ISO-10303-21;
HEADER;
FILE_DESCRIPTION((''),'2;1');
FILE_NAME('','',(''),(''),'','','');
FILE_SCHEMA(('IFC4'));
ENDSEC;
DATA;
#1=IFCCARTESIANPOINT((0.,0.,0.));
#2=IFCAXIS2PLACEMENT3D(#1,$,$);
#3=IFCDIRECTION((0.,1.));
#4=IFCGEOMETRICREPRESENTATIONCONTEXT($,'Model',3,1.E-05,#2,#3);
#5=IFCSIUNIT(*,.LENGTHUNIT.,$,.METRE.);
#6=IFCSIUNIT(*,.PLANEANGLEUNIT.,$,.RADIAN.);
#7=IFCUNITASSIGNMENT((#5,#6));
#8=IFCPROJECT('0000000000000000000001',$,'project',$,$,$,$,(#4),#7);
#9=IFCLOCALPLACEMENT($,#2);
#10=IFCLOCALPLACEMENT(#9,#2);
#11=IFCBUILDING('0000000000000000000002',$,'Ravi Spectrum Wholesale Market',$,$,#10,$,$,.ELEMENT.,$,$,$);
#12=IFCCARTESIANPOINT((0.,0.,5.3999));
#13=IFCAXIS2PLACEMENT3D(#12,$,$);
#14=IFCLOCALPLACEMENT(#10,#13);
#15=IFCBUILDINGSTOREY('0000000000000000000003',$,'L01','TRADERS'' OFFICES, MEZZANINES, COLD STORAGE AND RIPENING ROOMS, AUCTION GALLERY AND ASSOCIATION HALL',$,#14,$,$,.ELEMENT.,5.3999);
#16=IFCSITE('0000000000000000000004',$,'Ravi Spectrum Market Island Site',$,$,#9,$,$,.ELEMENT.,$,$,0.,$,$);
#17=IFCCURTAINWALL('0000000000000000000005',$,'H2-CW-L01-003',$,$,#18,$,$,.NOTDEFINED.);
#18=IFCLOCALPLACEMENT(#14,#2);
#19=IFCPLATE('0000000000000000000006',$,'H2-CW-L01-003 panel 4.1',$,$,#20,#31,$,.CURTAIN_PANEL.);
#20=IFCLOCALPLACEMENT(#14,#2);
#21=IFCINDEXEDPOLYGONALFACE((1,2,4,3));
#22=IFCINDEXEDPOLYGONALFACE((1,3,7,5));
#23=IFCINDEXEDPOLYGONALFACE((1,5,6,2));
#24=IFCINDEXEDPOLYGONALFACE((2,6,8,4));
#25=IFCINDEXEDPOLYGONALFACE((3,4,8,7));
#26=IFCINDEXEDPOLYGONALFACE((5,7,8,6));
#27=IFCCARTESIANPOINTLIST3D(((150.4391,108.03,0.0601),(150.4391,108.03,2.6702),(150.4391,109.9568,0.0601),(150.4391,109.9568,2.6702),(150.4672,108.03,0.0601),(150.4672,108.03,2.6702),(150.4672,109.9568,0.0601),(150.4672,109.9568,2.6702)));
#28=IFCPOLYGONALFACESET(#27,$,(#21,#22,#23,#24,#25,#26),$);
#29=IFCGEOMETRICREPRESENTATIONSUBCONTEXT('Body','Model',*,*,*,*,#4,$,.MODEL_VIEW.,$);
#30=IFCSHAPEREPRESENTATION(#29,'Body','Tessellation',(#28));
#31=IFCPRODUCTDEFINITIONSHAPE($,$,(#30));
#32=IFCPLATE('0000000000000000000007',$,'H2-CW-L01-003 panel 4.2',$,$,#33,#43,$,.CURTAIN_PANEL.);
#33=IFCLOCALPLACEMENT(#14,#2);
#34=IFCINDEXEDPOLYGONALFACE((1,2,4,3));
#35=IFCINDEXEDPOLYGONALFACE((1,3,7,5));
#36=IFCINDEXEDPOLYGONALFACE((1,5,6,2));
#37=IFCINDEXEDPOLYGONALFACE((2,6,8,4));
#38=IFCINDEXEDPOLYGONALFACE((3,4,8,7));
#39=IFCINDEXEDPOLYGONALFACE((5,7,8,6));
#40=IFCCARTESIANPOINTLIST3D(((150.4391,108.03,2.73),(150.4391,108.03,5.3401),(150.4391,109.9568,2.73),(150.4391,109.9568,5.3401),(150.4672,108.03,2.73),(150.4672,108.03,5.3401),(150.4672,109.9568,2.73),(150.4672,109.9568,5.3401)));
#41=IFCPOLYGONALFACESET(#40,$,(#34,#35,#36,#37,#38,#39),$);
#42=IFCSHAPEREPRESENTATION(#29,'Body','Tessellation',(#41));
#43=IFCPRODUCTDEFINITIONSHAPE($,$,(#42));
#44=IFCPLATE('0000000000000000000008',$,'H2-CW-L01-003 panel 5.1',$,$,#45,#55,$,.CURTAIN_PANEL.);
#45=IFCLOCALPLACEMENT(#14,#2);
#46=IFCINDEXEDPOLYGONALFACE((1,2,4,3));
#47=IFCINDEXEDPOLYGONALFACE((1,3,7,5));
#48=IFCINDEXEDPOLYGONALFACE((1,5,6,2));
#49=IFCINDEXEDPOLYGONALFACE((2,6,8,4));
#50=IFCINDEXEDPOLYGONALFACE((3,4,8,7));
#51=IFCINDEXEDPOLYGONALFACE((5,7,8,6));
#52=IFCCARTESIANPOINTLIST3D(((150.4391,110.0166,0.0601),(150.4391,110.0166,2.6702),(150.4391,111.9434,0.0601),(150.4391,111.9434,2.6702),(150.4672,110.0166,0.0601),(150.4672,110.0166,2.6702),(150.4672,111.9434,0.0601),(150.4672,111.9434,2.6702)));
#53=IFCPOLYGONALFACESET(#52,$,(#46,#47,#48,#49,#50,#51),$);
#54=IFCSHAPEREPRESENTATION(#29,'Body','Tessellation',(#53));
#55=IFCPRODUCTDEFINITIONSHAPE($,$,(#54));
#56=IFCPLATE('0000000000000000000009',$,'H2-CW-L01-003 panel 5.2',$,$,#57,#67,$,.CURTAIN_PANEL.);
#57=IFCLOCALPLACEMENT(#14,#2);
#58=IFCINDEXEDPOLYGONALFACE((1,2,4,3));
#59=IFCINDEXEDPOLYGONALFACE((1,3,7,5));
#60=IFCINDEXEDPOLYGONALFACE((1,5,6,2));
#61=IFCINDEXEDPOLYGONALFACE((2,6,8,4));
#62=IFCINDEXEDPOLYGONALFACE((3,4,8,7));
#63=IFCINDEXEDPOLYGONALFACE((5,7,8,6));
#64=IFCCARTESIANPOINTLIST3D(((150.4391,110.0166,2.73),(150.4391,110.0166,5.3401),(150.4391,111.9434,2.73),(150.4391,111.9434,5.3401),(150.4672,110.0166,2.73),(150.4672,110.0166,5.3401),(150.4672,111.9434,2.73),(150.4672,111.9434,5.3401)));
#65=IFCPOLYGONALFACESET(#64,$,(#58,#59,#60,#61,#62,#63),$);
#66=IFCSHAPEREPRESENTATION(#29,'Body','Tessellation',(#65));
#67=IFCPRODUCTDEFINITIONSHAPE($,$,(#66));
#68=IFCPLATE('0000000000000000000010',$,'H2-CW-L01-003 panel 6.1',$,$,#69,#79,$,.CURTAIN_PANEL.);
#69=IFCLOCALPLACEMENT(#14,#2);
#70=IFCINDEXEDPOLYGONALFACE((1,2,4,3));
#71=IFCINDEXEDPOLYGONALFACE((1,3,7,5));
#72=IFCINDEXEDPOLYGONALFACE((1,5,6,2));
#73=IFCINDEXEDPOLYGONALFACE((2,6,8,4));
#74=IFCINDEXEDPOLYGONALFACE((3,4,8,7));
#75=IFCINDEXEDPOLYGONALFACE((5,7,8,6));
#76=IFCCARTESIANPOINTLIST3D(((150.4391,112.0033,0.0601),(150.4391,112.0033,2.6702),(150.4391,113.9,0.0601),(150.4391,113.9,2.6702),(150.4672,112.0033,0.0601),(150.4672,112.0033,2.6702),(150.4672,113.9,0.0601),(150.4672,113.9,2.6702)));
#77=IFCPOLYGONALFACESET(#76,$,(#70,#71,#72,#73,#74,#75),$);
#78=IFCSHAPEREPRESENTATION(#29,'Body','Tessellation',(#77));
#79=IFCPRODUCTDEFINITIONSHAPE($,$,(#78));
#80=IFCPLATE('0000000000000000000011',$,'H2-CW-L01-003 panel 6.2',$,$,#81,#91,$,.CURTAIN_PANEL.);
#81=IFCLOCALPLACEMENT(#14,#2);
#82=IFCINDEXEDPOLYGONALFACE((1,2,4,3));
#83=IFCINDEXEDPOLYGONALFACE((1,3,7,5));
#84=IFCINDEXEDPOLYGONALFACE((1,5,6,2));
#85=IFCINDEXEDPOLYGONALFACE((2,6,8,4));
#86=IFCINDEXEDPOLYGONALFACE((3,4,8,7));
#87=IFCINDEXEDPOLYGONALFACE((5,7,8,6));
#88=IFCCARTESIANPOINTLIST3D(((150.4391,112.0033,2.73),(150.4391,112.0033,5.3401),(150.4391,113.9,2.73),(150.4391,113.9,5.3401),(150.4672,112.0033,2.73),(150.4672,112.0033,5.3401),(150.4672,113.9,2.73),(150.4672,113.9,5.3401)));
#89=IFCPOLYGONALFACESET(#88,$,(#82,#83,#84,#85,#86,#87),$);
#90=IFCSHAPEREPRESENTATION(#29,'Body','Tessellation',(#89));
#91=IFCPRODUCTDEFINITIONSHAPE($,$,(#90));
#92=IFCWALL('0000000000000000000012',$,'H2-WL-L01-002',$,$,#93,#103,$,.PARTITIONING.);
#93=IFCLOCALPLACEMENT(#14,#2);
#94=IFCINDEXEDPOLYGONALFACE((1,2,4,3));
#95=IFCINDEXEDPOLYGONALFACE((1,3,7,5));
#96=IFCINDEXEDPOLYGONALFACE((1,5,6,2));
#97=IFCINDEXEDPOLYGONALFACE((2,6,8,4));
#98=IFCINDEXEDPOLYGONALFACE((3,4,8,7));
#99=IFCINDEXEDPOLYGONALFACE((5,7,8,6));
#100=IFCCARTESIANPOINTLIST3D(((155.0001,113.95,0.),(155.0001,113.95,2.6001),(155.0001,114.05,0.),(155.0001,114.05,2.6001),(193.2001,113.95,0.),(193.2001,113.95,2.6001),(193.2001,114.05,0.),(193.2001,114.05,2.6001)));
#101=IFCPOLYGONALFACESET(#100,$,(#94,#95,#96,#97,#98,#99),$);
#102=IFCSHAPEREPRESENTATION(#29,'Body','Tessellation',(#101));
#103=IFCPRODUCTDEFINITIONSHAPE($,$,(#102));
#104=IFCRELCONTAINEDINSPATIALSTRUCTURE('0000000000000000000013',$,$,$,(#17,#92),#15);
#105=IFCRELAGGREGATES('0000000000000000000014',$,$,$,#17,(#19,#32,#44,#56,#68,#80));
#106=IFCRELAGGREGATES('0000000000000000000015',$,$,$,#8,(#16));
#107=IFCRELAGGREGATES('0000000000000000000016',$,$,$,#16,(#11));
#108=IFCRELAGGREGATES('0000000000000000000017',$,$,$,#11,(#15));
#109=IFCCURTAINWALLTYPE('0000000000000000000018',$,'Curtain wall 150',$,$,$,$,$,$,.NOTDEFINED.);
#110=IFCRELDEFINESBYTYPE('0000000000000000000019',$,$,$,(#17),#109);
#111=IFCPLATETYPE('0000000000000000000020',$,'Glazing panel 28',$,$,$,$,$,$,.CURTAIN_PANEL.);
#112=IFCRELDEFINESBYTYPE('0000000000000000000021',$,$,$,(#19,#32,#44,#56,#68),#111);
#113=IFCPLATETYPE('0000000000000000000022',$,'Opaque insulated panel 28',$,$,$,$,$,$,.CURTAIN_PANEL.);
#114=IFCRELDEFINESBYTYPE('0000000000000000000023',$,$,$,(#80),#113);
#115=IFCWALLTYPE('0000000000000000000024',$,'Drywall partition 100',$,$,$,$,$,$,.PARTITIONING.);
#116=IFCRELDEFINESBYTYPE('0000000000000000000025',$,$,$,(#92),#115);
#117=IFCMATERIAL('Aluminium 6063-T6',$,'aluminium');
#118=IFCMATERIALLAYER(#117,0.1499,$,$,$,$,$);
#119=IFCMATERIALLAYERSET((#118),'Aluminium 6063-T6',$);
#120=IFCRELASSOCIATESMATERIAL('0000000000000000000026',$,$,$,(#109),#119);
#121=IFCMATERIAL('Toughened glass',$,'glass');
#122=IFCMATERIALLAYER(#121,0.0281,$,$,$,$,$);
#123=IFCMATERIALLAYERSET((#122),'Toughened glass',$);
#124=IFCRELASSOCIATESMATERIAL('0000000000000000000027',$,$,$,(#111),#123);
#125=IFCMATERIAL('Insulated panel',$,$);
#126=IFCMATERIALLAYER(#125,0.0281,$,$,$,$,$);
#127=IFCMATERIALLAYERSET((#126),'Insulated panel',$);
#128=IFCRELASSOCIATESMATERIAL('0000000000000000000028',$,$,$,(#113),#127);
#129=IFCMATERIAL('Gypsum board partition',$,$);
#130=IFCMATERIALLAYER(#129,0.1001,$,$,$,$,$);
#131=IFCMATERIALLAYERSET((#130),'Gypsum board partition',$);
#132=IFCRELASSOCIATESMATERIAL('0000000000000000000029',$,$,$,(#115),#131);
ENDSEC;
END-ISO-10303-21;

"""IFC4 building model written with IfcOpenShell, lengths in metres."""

from ifc_helpers import new_model, si_unit, direction, frame, frame_2d, origin, origin_2d, place, context, subcontext, project, spatial, rectangle, extrude, material, layer, layer_set, type_object, element, aggregate, save


model = new_model("IFC4")

# Units and contexts
model_context = context("Model", 3, precision=1e-05, world=origin(), true_north=direction((0.0, 1.0)))
body_context = subcontext(model_context, "Body", "Model", "MODEL_VIEW")
ifc_project = project(units=[si_unit("LENGTHUNIT", "METRE"), si_unit("PLANEANGLEUNIT", "RADIAN")], contexts=[model_context])

# Site, building, storey
site_placement = place(None, origin())
site = spatial("IfcSite", under=ifc_project, at=site_placement, Name="Ravi Spectrum Market Island Site", CompositionType="ELEMENT", RefElevation=0.0)
building_placement = place(site_placement, origin())
building = spatial("IfcBuilding", under=site, at=building_placement, Name="Ravi Spectrum Wholesale Market", CompositionType="ELEMENT")
storey_placement = place(building_placement, frame((0.0, 0.0, 5.3999)))
storey = spatial("IfcBuildingStorey", under=building, at=storey_placement, Name="L01", Description="TRADERS' OFFICES, MEZZANINES, COLD STORAGE AND RIPENING ROOMS, AUCTION GALLERY AND ASSOCIATION HALL", CompositionType="ELEMENT", Elevation=5.3999)

# Curtain wall
ifc_material_1 = material(Name="Aluminium 6063-T6", Category="aluminium")
ifc_layer_1 = layer(ifc_material_1, 0.1499)
ifc_layer_set_1 = layer_set([ifc_layer_1], Name="Aluminium 6063-T6")
curtain_wall_type = type_object("IfcCurtainWallType", Name="Curtain wall 150", PredefinedType="NOTDEFINED", material=ifc_layer_set_1)
curtain_wall_1_placement = place(storey_placement, origin())
curtain_wall_1 = element("IfcCurtainWall", 1, at=curtain_wall_1_placement, inside=storey, type_object=curtain_wall_type, Name="H2-CW-L01-003", PredefinedType="NOTDEFINED")

# Plates
ifc_material_2 = material(Name="Toughened glass", Category="glass")
ifc_layer_2 = layer(ifc_material_2, 0.0281)
ifc_layer_set_2 = layer_set([ifc_layer_2], Name="Toughened glass")
plate_type_1 = type_object("IfcPlateType", Name="Glazing panel 28", PredefinedType="CURTAIN_PANEL", material=ifc_layer_set_2)
plate_1_placement = place(storey_placement, frame((150.4531, 108.9934, 0.0601), z_axis=(0.0, 0.0, 1.0), x_axis=(0.0, 1.0, 0.0)))
plate_1 = element("IfcPlate", 2, at=plate_1_placement, type_object=plate_type_1, Name="H2-CW-L01-003 panel 4.1", PredefinedType="CURTAIN_PANEL", context=body_context, shape_type="SweptSolid", body=[
    extrude(rectangle(XDim=1.9268, YDim=0.0281, at=origin_2d()), origin(), (0.0, 0.0, 1.0), 2.6101),
])
plate_2_placement = place(storey_placement, frame((150.4531, 108.9934, 2.73), z_axis=(0.0, 0.0, 1.0), x_axis=(0.0, 1.0, 0.0)))
plate_2 = element("IfcPlate", 3, at=plate_2_placement, type_object=plate_type_1, Name="H2-CW-L01-003 panel 4.2", PredefinedType="CURTAIN_PANEL", context=body_context, shape_type="SweptSolid", body=[
    extrude(rectangle(XDim=1.9268, YDim=0.0281, at=origin_2d()), origin(), (0.0, 0.0, 1.0), 2.6101),
])
plate_3_placement = place(storey_placement, frame((150.4531, 110.98, 0.0601), z_axis=(0.0, 0.0, 1.0), x_axis=(0.0, 1.0, 0.0)))
plate_3 = element("IfcPlate", 4, at=plate_3_placement, type_object=plate_type_1, Name="H2-CW-L01-003 panel 5.1", PredefinedType="CURTAIN_PANEL", context=body_context, shape_type="SweptSolid", body=[
    extrude(rectangle(XDim=1.9268, YDim=0.0281, at=origin_2d()), origin(), (0.0, 0.0, 1.0), 2.6101),
])
plate_4_placement = place(storey_placement, frame((150.4531, 110.98, 2.73), z_axis=(0.0, 0.0, 1.0), x_axis=(0.0, 1.0, 0.0)))
plate_4 = element("IfcPlate", 5, at=plate_4_placement, type_object=plate_type_1, Name="H2-CW-L01-003 panel 5.2", PredefinedType="CURTAIN_PANEL", context=body_context, shape_type="SweptSolid", body=[
    extrude(rectangle(XDim=1.9268, YDim=0.0281, at=origin_2d()), origin(), (0.0, 0.0, 1.0), 2.6101),
])
plate_5_placement = place(storey_placement, frame((150.4531, 112.9517, 0.0601), z_axis=(0.0, 0.0, 1.0), x_axis=(0.0, 1.0, 0.0)))
plate_5 = element("IfcPlate", 6, at=plate_5_placement, type_object=plate_type_1, Name="H2-CW-L01-003 panel 6.1", PredefinedType="CURTAIN_PANEL", context=body_context, shape_type="SweptSolid", body=[
    extrude(rectangle(XDim=1.8967, YDim=0.0281, at=origin_2d()), origin(), (0.0, 0.0, 1.0), 2.6101),
])
ifc_material_3 = material(Name="Insulated panel")
ifc_layer_3 = layer(ifc_material_3, 0.0281)
ifc_layer_set_3 = layer_set([ifc_layer_3], Name="Insulated panel")
plate_type_2 = type_object("IfcPlateType", Name="Opaque insulated panel 28", PredefinedType="CURTAIN_PANEL", material=ifc_layer_set_3)
plate_6_placement = place(storey_placement, frame((150.4531, 112.9517, 2.73), z_axis=(0.0, 0.0, 1.0), x_axis=(0.0, 1.0, 0.0)))
plate_6 = element("IfcPlate", 7, at=plate_6_placement, type_object=plate_type_2, Name="H2-CW-L01-003 panel 6.2", PredefinedType="CURTAIN_PANEL", context=body_context, shape_type="SweptSolid", body=[
    extrude(rectangle(XDim=1.8967, YDim=0.0281, at=origin_2d()), origin(), (0.0, 0.0, 1.0), 2.6101),
])
aggregate(curtain_wall_1, [plate_1, plate_2, plate_3, plate_4, plate_5, plate_6])

# Wall
ifc_material_4 = material(Name="Gypsum board partition")
ifc_layer_4 = layer(ifc_material_4, 0.1001)
ifc_layer_set_4 = layer_set([ifc_layer_4], Name="Gypsum board partition")
wall_type = type_object("IfcWallType", Name="Drywall partition 100", PredefinedType="PARTITIONING", material=ifc_layer_set_4)
wall_placement = place(storey_placement, frame((155.0, 114.0, 0.0), z_axis=(0.0, 0.0, 1.0), x_axis=(1.0, 0.0, 0.0)))
element("IfcWall", 8, at=wall_placement, inside=storey, type_object=wall_type, Name="H2-WL-L01-002", PredefinedType="PARTITIONING", context=body_context, shape_type="SweptSolid", body=[
    extrude(rectangle(XDim=38.2, YDim=0.1001, at=frame_2d((19.1001, 0.0))), origin(), (0.0, 0.0, 1.0), 2.6001),
])

save(model, "model.ifc")
